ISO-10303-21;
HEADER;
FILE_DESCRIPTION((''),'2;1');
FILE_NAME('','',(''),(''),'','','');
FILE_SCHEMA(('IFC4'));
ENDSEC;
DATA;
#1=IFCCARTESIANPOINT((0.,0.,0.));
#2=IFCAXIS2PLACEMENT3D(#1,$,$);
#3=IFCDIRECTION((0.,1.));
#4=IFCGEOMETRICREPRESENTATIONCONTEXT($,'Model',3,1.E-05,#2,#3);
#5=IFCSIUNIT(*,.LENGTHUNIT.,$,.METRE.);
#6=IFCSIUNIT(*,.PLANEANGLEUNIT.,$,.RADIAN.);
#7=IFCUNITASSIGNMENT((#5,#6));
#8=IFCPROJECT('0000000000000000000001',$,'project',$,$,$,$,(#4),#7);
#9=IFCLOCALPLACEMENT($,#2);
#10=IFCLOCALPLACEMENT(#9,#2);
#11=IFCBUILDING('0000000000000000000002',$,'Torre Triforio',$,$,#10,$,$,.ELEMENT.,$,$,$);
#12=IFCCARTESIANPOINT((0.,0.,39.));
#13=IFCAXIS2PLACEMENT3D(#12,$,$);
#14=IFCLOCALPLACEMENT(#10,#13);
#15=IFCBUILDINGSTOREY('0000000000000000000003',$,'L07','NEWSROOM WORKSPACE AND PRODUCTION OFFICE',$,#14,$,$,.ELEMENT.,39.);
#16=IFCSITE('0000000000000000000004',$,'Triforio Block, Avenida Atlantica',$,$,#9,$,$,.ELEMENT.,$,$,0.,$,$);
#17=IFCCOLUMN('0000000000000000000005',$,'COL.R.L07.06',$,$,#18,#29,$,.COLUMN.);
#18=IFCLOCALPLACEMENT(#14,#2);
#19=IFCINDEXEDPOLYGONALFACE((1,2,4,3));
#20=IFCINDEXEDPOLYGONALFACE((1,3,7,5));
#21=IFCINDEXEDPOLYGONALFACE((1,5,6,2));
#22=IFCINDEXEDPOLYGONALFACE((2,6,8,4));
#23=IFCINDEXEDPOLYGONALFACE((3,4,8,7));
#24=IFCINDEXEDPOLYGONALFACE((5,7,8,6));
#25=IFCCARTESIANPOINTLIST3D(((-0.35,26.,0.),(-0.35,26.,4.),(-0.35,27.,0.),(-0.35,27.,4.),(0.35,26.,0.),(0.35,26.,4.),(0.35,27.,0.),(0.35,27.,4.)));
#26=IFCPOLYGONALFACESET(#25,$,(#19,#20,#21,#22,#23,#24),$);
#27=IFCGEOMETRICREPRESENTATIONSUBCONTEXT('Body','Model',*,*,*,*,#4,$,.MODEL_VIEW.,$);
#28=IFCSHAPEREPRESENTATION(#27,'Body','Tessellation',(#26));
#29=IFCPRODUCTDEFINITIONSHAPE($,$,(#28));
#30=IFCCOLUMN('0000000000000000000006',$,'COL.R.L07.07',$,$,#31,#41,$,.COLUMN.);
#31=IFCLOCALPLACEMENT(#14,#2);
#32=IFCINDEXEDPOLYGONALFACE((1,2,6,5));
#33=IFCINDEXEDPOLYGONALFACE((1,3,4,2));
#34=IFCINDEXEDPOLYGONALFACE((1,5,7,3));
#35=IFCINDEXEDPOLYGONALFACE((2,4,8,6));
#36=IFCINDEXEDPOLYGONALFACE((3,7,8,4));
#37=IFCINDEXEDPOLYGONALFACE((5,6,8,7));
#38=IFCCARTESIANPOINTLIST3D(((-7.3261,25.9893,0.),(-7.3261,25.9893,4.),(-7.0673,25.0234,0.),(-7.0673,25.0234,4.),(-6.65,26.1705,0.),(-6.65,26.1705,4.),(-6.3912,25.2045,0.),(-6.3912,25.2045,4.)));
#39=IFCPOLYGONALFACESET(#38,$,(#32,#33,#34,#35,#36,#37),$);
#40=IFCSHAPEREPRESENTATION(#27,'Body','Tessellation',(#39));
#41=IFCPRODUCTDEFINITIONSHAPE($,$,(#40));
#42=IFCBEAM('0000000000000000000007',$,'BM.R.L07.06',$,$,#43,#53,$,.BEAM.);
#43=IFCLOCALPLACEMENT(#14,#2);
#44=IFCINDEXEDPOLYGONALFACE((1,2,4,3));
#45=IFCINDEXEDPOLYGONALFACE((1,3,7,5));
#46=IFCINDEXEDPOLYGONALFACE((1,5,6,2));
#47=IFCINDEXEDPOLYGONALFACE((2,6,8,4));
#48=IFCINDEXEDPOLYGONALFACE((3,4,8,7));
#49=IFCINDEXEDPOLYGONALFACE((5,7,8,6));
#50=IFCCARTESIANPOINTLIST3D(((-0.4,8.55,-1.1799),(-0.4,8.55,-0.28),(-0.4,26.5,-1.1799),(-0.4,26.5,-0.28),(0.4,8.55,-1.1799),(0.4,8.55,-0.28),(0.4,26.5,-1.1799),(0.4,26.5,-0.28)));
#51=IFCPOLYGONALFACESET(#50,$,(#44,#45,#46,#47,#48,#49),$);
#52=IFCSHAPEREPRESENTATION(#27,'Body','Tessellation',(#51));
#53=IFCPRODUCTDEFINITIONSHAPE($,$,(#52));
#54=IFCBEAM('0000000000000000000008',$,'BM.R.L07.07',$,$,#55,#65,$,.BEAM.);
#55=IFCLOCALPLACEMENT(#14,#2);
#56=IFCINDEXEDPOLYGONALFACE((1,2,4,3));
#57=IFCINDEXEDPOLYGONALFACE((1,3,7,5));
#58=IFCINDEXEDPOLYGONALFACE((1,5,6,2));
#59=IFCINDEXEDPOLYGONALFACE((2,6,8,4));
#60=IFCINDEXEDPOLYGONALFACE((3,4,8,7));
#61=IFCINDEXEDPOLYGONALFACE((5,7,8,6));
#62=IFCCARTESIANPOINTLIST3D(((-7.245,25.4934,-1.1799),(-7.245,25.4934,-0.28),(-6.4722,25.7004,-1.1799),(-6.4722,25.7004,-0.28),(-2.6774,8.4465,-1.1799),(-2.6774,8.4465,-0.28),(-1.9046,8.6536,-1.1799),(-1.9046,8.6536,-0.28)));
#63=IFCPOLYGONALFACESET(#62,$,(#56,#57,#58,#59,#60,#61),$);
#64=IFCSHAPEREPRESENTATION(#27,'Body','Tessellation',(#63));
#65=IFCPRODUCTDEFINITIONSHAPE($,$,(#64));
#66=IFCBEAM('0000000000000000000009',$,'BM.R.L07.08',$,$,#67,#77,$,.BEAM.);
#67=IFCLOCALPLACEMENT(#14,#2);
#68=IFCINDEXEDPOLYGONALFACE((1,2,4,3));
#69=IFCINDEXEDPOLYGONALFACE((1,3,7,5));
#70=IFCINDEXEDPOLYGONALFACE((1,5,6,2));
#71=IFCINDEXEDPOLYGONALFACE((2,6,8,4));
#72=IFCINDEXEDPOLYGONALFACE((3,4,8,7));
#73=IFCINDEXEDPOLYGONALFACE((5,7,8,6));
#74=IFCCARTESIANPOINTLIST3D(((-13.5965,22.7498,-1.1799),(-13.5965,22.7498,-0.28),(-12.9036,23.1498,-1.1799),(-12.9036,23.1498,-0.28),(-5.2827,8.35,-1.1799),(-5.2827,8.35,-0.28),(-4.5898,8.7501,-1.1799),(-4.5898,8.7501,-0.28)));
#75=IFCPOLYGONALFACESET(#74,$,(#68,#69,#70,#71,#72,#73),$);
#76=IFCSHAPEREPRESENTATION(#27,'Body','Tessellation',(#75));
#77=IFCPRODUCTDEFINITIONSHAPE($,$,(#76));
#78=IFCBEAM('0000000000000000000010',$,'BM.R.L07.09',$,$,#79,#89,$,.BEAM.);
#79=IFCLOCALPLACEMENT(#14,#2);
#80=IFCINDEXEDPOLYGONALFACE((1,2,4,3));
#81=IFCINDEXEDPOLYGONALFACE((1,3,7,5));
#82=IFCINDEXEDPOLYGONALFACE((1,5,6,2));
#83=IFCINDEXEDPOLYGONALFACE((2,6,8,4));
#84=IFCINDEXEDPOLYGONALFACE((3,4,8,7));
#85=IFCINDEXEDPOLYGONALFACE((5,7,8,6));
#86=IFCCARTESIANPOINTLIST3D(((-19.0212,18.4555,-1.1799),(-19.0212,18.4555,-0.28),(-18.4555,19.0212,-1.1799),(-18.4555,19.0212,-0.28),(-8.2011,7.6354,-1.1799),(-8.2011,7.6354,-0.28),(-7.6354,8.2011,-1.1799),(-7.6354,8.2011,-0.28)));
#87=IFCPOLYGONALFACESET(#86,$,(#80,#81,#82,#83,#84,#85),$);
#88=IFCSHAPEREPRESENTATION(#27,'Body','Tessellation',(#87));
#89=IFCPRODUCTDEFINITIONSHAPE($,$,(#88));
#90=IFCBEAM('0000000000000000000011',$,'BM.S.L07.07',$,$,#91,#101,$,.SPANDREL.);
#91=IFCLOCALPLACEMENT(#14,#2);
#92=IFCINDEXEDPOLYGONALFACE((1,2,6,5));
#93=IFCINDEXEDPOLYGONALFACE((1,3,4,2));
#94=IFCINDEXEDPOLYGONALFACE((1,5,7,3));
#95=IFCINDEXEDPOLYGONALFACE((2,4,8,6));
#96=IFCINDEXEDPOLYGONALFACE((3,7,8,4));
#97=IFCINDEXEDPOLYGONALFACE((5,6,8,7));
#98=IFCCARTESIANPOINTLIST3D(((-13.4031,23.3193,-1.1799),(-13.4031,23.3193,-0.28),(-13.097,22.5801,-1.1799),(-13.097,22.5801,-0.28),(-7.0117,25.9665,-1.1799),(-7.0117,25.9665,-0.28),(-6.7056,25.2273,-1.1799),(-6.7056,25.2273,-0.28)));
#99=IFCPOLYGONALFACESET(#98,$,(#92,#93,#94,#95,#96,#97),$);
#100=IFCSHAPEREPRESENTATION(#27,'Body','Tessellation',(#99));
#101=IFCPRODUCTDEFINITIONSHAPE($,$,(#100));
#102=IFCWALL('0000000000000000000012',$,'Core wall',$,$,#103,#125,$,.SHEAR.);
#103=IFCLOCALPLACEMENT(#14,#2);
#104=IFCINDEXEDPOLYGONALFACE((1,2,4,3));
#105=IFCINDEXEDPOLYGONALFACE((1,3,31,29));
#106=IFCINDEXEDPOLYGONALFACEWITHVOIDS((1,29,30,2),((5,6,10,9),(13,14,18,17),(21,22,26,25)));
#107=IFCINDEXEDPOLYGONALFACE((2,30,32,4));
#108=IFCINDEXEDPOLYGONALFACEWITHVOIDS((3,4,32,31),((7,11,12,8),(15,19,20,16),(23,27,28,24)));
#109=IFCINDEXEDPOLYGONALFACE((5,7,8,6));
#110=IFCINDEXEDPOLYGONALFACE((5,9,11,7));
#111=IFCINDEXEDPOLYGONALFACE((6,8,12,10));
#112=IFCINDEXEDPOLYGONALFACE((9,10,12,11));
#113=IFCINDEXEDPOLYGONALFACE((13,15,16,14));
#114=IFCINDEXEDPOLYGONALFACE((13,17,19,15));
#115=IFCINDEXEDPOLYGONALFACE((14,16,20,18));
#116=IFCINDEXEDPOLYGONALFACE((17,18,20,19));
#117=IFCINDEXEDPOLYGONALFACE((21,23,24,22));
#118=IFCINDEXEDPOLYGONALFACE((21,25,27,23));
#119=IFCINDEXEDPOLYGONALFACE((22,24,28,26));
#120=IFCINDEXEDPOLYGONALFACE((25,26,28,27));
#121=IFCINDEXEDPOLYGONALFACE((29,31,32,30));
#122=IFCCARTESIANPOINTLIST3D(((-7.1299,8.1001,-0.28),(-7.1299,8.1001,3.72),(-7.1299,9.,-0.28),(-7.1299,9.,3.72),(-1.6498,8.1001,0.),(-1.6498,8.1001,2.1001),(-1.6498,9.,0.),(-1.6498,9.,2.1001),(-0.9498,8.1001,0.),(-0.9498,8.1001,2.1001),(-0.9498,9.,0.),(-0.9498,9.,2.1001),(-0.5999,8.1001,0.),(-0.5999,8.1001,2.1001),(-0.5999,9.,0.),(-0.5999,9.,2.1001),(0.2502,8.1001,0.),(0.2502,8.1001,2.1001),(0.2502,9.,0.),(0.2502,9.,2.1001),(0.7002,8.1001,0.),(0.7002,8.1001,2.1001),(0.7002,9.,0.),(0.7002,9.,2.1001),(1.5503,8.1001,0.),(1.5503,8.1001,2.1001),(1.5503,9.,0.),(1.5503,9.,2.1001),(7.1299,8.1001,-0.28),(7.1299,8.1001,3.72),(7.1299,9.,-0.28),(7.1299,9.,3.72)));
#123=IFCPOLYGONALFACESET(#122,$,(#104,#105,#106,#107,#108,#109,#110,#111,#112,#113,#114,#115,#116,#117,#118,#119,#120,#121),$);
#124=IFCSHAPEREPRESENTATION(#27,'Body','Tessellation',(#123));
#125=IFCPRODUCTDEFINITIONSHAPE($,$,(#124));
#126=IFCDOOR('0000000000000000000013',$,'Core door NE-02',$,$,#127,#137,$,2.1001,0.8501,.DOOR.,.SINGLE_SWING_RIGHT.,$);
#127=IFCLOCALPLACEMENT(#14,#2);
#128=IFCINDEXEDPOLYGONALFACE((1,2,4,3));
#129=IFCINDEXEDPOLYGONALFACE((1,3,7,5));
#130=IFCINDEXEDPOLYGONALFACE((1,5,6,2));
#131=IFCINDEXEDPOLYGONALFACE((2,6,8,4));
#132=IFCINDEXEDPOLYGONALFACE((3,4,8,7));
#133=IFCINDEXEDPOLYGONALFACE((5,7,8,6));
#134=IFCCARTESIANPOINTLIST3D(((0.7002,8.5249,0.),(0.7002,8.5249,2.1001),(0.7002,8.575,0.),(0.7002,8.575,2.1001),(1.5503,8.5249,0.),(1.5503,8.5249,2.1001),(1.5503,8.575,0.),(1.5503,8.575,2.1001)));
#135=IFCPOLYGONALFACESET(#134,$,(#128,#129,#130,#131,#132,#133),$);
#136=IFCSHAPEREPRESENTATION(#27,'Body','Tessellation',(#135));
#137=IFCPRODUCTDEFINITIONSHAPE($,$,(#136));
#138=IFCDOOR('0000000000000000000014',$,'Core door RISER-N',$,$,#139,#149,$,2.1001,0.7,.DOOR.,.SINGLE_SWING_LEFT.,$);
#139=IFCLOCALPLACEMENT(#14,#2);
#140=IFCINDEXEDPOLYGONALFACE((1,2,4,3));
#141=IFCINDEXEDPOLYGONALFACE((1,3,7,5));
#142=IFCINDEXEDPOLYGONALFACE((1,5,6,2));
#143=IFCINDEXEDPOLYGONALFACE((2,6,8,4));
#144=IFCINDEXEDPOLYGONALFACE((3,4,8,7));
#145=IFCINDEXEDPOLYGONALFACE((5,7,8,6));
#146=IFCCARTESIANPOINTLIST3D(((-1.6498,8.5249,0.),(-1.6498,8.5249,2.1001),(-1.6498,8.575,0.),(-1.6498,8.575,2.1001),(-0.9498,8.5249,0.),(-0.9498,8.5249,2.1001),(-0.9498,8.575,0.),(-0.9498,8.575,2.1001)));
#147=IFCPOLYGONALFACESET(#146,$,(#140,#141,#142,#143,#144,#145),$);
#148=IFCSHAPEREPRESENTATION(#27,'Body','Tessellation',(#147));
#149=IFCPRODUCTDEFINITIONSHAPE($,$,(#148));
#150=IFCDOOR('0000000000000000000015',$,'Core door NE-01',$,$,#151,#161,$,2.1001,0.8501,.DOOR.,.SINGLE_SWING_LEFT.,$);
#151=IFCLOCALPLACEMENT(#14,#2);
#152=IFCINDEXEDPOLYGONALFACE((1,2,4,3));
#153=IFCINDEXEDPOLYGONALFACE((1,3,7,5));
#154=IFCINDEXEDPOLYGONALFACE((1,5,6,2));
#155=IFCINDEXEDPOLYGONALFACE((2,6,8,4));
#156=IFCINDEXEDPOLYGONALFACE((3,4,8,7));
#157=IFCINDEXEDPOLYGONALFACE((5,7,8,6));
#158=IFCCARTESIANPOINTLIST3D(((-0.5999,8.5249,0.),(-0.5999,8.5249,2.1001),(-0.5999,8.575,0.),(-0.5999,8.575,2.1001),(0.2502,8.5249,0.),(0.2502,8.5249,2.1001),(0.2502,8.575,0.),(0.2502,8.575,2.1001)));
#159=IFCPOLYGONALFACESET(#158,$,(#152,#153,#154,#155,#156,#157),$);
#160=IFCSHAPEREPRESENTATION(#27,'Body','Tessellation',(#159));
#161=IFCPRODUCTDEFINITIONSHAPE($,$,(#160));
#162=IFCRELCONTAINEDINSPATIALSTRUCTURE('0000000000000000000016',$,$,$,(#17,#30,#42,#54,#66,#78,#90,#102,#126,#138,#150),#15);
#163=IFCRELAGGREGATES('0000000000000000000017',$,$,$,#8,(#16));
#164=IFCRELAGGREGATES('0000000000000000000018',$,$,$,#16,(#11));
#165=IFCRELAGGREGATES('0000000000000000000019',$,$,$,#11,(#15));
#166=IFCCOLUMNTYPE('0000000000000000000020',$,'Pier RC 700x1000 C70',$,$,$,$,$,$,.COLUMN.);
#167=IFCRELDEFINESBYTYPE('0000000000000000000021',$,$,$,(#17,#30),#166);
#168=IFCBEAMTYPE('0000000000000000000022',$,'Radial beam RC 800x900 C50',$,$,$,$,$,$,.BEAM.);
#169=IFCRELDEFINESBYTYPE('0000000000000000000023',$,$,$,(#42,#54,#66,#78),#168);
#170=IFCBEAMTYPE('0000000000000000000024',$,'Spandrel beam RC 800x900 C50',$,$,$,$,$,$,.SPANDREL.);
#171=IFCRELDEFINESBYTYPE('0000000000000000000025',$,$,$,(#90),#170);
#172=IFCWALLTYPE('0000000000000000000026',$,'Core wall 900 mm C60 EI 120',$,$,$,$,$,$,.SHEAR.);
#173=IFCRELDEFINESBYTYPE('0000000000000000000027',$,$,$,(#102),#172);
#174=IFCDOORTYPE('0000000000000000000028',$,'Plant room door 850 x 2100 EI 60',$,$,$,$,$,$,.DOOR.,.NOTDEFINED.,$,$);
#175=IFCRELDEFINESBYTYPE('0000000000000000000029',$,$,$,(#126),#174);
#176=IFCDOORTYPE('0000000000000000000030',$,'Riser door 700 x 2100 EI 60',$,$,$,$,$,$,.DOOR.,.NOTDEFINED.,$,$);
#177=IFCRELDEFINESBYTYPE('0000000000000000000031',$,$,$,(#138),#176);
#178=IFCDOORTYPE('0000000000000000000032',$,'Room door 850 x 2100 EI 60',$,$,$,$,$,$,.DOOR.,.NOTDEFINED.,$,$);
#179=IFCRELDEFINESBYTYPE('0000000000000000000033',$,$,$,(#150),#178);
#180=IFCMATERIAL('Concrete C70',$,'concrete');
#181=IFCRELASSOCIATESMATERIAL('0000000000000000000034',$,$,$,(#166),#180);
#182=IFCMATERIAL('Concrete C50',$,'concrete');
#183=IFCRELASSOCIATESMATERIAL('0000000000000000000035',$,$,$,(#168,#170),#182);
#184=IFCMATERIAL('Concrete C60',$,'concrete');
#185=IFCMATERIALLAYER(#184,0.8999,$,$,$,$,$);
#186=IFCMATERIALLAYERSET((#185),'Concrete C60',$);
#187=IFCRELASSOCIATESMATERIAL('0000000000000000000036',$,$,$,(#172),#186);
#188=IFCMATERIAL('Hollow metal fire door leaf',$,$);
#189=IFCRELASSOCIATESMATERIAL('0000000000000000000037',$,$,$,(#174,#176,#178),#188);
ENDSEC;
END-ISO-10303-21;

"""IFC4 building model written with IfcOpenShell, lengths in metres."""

from ifc_helpers import new_model, si_unit, direction, frame, frame_2d, origin, origin_2d, place, context, subcontext, project, spatial, rectangle, extrude, material, layer, layer_set, material_profile, profile_set, type_object, element, fill, save


model = new_model("IFC4")

# Units and contexts
model_context = context("Model", 3, precision=1e-05, world=origin(), true_north=direction((0.0, 1.0)))
body_context = subcontext(model_context, "Body", "Model", "MODEL_VIEW")
ifc_project = project(units=[si_unit("LENGTHUNIT", "METRE"), si_unit("PLANEANGLEUNIT", "RADIAN")], contexts=[model_context])

# Site, building, storey
site_placement = place(None, origin())
site = spatial("IfcSite", under=ifc_project, at=site_placement, Name="Triforio Block, Avenida Atlantica", CompositionType="ELEMENT", RefElevation=0.0)
building_placement = place(site_placement, origin())
building = spatial("IfcBuilding", under=site, at=building_placement, Name="Torre Triforio", CompositionType="ELEMENT")
storey_placement = place(building_placement, frame((0.0, 0.0, 39.0)))
storey = spatial("IfcBuildingStorey", under=building, at=storey_placement, Name="L07", Description="NEWSROOM WORKSPACE AND PRODUCTION OFFICE", CompositionType="ELEMENT", Elevation=39.0)

# Columns
ifc_material_1 = material(Name="Concrete C70", Category="concrete")
ifc_material_profile_1 = material_profile(ifc_material_1, rectangle(XDim=0.7, YDim=1.0, at=origin_2d()), Name="RC 700x1000")
ifc_profile_set_1 = profile_set([ifc_material_profile_1], Name="Concrete C70")
column_type = type_object("IfcColumnType", Name="Pier RC 700x1000 C70", PredefinedType="COLUMN", material=ifc_profile_set_1)
for number, where, z_axis, x_axis, name in (
    (1, (0.0, 26.5, 0.0), (0.0, 0.0, 1.0), (-1.0, 0.0, 0.0), "COL.R.L07.06"),
    (2, (-6.8586, 25.5969, 0.0), (0.0, 0.0, 1.0), (-0.965926, -0.258819, 0.0), "COL.R.L07.07"),
):
    element("IfcColumn", number, at=place(storey_placement, frame(where, z_axis=z_axis, x_axis=x_axis)), inside=storey, type_object=column_type, Name=name, PredefinedType="COLUMN", context=body_context, shape_type="SweptSolid", body=[
        extrude(rectangle(XDim=0.7, YDim=1.0, at=origin_2d()), origin(), (0.0, 0.0, 1.0), 4.0),
    ])

# Beams
ifc_material_2 = material(Name="Concrete C50", Category="concrete")
ifc_material_profile_2 = material_profile(ifc_material_2, rectangle(XDim=0.8, YDim=0.8999, at=origin_2d()), Name="RC 800x900")
ifc_profile_set_2 = profile_set([ifc_material_profile_2], Name="Concrete C50")
beam_type_1 = type_object("IfcBeamType", Name="Radial beam RC 800x900 C50", PredefinedType="BEAM", material=ifc_profile_set_2)
beam_1_placement = place(storey_placement, frame((0.0, 8.55, -0.73), z_axis=(0.0, 1.0, 0.0), x_axis=(-1.0, 0.0, 0.0)))
element("IfcBeam", 3, at=beam_1_placement, inside=storey, type_object=beam_type_1, Name="BM.R.L07.06", PredefinedType="BEAM", context=body_context, shape_type="SweptSolid", body=[
    extrude(rectangle(XDim=0.8, YDim=0.8999, at=origin_2d()), origin(), (0.0, 0.0, 1.0), 17.95),
])
beam_2_placement = place(storey_placement, frame((-2.291, 8.55, -0.73), z_axis=(-0.258815, 0.965927, 0.0), x_axis=(-0.965927, -0.258815, 0.0)))
element("IfcBeam", 4, at=beam_2_placement, inside=storey, type_object=beam_type_1, Name="BM.R.L07.07", PredefinedType="BEAM", context=body_context, shape_type="SweptSolid", body=[
    extrude(rectangle(XDim=0.8, YDim=0.8999, at=origin_2d()), origin(), (0.0, 0.0, 1.0), 17.6482),
])
beam_3_placement = place(storey_placement, frame((-4.9363, 8.55, -0.73), z_axis=(-0.500003, 0.866023, 0.0), x_axis=(-0.866023, -0.500003, 0.0)))
element("IfcBeam", 5, at=beam_3_placement, inside=storey, type_object=beam_type_1, Name="BM.R.L07.08", PredefinedType="BEAM", context=body_context, shape_type="SweptSolid", body=[
    extrude(rectangle(XDim=0.8, YDim=0.8999, at=origin_2d()), origin(), (0.0, 0.0, 1.0), 16.6274),
])
beam_4_placement = place(storey_placement, frame((-7.9182, 7.9182, -0.73), z_axis=(-0.707107, 0.707107, 0.0), x_axis=(-0.707107, -0.707107, 0.0)))
element("IfcBeam", 6, at=beam_4_placement, inside=storey, type_object=beam_type_1, Name="BM.R.L07.09", PredefinedType="BEAM", context=body_context, shape_type="SweptSolid", body=[
    extrude(rectangle(XDim=0.8, YDim=0.8999, at=origin_2d()), origin(), (0.0, 0.0, 1.0), 15.302),
])
ifc_material_profile_3 = material_profile(ifc_material_2, rectangle(XDim=0.8, YDim=0.8999, at=origin_2d()), Name="RC 800x900")
ifc_profile_set_3 = profile_set([ifc_material_profile_3], Name="Concrete C50")
beam_type_2 = type_object("IfcBeamType", Name="Spandrel beam RC 800x900 C50", PredefinedType="SPANDREL", material=ifc_profile_set_3)
beam_5_placement = place(storey_placement, frame((-6.8586, 25.5969, -0.73), z_axis=(-0.923888, -0.382662, 0.0), x_axis=(0.382662, -0.923888, 0.0)))
element("IfcBeam", 7, at=beam_5_placement, inside=storey, type_object=beam_type_2, Name="BM.S.L07.07", PredefinedType="SPANDREL", context=body_context, shape_type="SweptSolid", body=[
    extrude(rectangle(XDim=0.8, YDim=0.8999, at=origin_2d()), origin(), (0.0, 0.0, 1.0), 6.918),
])

# Wall, openings, doors
ifc_material_3 = material(Name="Concrete C60", Category="concrete")
ifc_layer_1 = layer(ifc_material_3, 0.8999)
ifc_layer_set_1 = layer_set([ifc_layer_1], Name="Concrete C60")
wall_type_1 = type_object("IfcWallType", Name="Core wall 900 mm C60 EI 120", PredefinedType="SHEAR", material=ifc_layer_set_1)
wall_1_placement = place(storey_placement, frame((-7.1299, 8.55, -0.28), z_axis=(0.0, 0.0, 1.0), x_axis=(1.0, 0.0, 0.0)))
wall_1 = element("IfcWall", 8, at=wall_1_placement, inside=storey, type_object=wall_type_1, Name="Core wall", PredefinedType="SHEAR", context=body_context, shape_type="SweptSolid", body=[
    extrude(rectangle(XDim=14.2598, YDim=0.8999, at=frame_2d((7.1299, 0.0))), origin(), (0.0, 0.0, 1.0), 4.0),
])
opening_1_placement = place(wall_1_placement, frame((5.48, 0.0, 0.28)))
opening_1 = element("IfcOpeningElement", 9, at=opening_1_placement, cuts=wall_1, PredefinedType="OPENING", context=body_context, shape_type="SweptSolid", body=[
    extrude(rectangle(XDim=0.7, YDim=2.1001, at=frame_2d((0.3501, 1.05))), frame((0.0, 0.46, 0.0), z_axis=(0.0, -1.0, 0.0), x_axis=(1.0, 0.0, 0.0)), (0.0, 0.0, 1.0), 0.9199),
])
opening_2_placement = place(wall_1_placement, frame((6.53, 0.0, 0.28)))
opening_2 = element("IfcOpeningElement", 10, at=opening_2_placement, cuts=wall_1, PredefinedType="OPENING", context=body_context, shape_type="SweptSolid", body=[
    extrude(rectangle(XDim=0.8501, YDim=2.1001, at=frame_2d((0.425, 1.05))), frame((0.0, 0.46, 0.0), z_axis=(0.0, -1.0, 0.0), x_axis=(1.0, 0.0, 0.0)), (0.0, 0.0, 1.0), 0.9199),
])
opening_3_placement = place(wall_1_placement, frame((7.8301, 0.0, 0.28)))
opening_3 = element("IfcOpeningElement", 11, at=opening_3_placement, cuts=wall_1, PredefinedType="OPENING", context=body_context, shape_type="SweptSolid", body=[
    extrude(rectangle(XDim=0.8501, YDim=2.1001, at=frame_2d((0.425, 1.05))), frame((0.0, 0.46, 0.0), z_axis=(0.0, -1.0, 0.0), x_axis=(1.0, 0.0, 0.0)), (0.0, 0.0, 1.0), 0.9199),
])
ifc_material_4 = material(Name="Hollow metal fire door leaf")
door_type_1 = type_object("IfcDoorType", Name="Plant room door 850 x 2100 EI 60", OperationType="NOTDEFINED", PredefinedType="DOOR", material=ifc_material_4)
door_1_placement = place(opening_3_placement, origin())
door_1 = element("IfcDoor", 12, at=door_1_placement, inside=storey, type_object=door_type_1, Name="Core door NE-02", OperationType="SINGLE_SWING_RIGHT", OverallHeight=2.1001, OverallWidth=0.8501, PredefinedType="DOOR", context=body_context, shape_type="SweptSolid", body=[
    extrude(rectangle(XDim=0.8501, YDim=2.1001, at=frame_2d((0.425, 1.05))), frame((0.0, 0.0249, 0.0), z_axis=(0.0, -1.0, 0.0), x_axis=(1.0, 0.0, 0.0)), (0.0, 0.0, 1.0), 0.05),
])
fill(opening_3, door_1)
door_type_2 = type_object("IfcDoorType", Name="Riser door 700 x 2100 EI 60", OperationType="NOTDEFINED", PredefinedType="DOOR", material=ifc_material_4)
door_2_placement = place(opening_1_placement, origin())
door_2 = element("IfcDoor", 13, at=door_2_placement, inside=storey, type_object=door_type_2, Name="Core door RISER-N", OperationType="SINGLE_SWING_LEFT", OverallHeight=2.1001, OverallWidth=0.7, PredefinedType="DOOR", context=body_context, shape_type="SweptSolid", body=[
    extrude(rectangle(XDim=0.7, YDim=2.1001, at=frame_2d((0.3501, 1.05))), frame((0.0, 0.0249, 0.0), z_axis=(0.0, -1.0, 0.0), x_axis=(1.0, 0.0, 0.0)), (0.0, 0.0, 1.0), 0.05),
])
fill(opening_1, door_2)
door_type_3 = type_object("IfcDoorType", Name="Room door 850 x 2100 EI 60", OperationType="NOTDEFINED", PredefinedType="DOOR", material=ifc_material_4)
door_3_placement = place(opening_2_placement, origin())
door_3 = element("IfcDoor", 14, at=door_3_placement, inside=storey, type_object=door_type_3, Name="Core door NE-01", OperationType="SINGLE_SWING_LEFT", OverallHeight=2.1001, OverallWidth=0.8501, PredefinedType="DOOR", context=body_context, shape_type="SweptSolid", body=[
    extrude(rectangle(XDim=0.8501, YDim=2.1001, at=frame_2d((0.425, 1.05))), frame((0.0, 0.0249, 0.0), z_axis=(0.0, -1.0, 0.0), x_axis=(1.0, 0.0, 0.0)), (0.0, 0.0, 1.0), 0.05),
])
fill(opening_2, door_3)

save(model, "model.ifc")
